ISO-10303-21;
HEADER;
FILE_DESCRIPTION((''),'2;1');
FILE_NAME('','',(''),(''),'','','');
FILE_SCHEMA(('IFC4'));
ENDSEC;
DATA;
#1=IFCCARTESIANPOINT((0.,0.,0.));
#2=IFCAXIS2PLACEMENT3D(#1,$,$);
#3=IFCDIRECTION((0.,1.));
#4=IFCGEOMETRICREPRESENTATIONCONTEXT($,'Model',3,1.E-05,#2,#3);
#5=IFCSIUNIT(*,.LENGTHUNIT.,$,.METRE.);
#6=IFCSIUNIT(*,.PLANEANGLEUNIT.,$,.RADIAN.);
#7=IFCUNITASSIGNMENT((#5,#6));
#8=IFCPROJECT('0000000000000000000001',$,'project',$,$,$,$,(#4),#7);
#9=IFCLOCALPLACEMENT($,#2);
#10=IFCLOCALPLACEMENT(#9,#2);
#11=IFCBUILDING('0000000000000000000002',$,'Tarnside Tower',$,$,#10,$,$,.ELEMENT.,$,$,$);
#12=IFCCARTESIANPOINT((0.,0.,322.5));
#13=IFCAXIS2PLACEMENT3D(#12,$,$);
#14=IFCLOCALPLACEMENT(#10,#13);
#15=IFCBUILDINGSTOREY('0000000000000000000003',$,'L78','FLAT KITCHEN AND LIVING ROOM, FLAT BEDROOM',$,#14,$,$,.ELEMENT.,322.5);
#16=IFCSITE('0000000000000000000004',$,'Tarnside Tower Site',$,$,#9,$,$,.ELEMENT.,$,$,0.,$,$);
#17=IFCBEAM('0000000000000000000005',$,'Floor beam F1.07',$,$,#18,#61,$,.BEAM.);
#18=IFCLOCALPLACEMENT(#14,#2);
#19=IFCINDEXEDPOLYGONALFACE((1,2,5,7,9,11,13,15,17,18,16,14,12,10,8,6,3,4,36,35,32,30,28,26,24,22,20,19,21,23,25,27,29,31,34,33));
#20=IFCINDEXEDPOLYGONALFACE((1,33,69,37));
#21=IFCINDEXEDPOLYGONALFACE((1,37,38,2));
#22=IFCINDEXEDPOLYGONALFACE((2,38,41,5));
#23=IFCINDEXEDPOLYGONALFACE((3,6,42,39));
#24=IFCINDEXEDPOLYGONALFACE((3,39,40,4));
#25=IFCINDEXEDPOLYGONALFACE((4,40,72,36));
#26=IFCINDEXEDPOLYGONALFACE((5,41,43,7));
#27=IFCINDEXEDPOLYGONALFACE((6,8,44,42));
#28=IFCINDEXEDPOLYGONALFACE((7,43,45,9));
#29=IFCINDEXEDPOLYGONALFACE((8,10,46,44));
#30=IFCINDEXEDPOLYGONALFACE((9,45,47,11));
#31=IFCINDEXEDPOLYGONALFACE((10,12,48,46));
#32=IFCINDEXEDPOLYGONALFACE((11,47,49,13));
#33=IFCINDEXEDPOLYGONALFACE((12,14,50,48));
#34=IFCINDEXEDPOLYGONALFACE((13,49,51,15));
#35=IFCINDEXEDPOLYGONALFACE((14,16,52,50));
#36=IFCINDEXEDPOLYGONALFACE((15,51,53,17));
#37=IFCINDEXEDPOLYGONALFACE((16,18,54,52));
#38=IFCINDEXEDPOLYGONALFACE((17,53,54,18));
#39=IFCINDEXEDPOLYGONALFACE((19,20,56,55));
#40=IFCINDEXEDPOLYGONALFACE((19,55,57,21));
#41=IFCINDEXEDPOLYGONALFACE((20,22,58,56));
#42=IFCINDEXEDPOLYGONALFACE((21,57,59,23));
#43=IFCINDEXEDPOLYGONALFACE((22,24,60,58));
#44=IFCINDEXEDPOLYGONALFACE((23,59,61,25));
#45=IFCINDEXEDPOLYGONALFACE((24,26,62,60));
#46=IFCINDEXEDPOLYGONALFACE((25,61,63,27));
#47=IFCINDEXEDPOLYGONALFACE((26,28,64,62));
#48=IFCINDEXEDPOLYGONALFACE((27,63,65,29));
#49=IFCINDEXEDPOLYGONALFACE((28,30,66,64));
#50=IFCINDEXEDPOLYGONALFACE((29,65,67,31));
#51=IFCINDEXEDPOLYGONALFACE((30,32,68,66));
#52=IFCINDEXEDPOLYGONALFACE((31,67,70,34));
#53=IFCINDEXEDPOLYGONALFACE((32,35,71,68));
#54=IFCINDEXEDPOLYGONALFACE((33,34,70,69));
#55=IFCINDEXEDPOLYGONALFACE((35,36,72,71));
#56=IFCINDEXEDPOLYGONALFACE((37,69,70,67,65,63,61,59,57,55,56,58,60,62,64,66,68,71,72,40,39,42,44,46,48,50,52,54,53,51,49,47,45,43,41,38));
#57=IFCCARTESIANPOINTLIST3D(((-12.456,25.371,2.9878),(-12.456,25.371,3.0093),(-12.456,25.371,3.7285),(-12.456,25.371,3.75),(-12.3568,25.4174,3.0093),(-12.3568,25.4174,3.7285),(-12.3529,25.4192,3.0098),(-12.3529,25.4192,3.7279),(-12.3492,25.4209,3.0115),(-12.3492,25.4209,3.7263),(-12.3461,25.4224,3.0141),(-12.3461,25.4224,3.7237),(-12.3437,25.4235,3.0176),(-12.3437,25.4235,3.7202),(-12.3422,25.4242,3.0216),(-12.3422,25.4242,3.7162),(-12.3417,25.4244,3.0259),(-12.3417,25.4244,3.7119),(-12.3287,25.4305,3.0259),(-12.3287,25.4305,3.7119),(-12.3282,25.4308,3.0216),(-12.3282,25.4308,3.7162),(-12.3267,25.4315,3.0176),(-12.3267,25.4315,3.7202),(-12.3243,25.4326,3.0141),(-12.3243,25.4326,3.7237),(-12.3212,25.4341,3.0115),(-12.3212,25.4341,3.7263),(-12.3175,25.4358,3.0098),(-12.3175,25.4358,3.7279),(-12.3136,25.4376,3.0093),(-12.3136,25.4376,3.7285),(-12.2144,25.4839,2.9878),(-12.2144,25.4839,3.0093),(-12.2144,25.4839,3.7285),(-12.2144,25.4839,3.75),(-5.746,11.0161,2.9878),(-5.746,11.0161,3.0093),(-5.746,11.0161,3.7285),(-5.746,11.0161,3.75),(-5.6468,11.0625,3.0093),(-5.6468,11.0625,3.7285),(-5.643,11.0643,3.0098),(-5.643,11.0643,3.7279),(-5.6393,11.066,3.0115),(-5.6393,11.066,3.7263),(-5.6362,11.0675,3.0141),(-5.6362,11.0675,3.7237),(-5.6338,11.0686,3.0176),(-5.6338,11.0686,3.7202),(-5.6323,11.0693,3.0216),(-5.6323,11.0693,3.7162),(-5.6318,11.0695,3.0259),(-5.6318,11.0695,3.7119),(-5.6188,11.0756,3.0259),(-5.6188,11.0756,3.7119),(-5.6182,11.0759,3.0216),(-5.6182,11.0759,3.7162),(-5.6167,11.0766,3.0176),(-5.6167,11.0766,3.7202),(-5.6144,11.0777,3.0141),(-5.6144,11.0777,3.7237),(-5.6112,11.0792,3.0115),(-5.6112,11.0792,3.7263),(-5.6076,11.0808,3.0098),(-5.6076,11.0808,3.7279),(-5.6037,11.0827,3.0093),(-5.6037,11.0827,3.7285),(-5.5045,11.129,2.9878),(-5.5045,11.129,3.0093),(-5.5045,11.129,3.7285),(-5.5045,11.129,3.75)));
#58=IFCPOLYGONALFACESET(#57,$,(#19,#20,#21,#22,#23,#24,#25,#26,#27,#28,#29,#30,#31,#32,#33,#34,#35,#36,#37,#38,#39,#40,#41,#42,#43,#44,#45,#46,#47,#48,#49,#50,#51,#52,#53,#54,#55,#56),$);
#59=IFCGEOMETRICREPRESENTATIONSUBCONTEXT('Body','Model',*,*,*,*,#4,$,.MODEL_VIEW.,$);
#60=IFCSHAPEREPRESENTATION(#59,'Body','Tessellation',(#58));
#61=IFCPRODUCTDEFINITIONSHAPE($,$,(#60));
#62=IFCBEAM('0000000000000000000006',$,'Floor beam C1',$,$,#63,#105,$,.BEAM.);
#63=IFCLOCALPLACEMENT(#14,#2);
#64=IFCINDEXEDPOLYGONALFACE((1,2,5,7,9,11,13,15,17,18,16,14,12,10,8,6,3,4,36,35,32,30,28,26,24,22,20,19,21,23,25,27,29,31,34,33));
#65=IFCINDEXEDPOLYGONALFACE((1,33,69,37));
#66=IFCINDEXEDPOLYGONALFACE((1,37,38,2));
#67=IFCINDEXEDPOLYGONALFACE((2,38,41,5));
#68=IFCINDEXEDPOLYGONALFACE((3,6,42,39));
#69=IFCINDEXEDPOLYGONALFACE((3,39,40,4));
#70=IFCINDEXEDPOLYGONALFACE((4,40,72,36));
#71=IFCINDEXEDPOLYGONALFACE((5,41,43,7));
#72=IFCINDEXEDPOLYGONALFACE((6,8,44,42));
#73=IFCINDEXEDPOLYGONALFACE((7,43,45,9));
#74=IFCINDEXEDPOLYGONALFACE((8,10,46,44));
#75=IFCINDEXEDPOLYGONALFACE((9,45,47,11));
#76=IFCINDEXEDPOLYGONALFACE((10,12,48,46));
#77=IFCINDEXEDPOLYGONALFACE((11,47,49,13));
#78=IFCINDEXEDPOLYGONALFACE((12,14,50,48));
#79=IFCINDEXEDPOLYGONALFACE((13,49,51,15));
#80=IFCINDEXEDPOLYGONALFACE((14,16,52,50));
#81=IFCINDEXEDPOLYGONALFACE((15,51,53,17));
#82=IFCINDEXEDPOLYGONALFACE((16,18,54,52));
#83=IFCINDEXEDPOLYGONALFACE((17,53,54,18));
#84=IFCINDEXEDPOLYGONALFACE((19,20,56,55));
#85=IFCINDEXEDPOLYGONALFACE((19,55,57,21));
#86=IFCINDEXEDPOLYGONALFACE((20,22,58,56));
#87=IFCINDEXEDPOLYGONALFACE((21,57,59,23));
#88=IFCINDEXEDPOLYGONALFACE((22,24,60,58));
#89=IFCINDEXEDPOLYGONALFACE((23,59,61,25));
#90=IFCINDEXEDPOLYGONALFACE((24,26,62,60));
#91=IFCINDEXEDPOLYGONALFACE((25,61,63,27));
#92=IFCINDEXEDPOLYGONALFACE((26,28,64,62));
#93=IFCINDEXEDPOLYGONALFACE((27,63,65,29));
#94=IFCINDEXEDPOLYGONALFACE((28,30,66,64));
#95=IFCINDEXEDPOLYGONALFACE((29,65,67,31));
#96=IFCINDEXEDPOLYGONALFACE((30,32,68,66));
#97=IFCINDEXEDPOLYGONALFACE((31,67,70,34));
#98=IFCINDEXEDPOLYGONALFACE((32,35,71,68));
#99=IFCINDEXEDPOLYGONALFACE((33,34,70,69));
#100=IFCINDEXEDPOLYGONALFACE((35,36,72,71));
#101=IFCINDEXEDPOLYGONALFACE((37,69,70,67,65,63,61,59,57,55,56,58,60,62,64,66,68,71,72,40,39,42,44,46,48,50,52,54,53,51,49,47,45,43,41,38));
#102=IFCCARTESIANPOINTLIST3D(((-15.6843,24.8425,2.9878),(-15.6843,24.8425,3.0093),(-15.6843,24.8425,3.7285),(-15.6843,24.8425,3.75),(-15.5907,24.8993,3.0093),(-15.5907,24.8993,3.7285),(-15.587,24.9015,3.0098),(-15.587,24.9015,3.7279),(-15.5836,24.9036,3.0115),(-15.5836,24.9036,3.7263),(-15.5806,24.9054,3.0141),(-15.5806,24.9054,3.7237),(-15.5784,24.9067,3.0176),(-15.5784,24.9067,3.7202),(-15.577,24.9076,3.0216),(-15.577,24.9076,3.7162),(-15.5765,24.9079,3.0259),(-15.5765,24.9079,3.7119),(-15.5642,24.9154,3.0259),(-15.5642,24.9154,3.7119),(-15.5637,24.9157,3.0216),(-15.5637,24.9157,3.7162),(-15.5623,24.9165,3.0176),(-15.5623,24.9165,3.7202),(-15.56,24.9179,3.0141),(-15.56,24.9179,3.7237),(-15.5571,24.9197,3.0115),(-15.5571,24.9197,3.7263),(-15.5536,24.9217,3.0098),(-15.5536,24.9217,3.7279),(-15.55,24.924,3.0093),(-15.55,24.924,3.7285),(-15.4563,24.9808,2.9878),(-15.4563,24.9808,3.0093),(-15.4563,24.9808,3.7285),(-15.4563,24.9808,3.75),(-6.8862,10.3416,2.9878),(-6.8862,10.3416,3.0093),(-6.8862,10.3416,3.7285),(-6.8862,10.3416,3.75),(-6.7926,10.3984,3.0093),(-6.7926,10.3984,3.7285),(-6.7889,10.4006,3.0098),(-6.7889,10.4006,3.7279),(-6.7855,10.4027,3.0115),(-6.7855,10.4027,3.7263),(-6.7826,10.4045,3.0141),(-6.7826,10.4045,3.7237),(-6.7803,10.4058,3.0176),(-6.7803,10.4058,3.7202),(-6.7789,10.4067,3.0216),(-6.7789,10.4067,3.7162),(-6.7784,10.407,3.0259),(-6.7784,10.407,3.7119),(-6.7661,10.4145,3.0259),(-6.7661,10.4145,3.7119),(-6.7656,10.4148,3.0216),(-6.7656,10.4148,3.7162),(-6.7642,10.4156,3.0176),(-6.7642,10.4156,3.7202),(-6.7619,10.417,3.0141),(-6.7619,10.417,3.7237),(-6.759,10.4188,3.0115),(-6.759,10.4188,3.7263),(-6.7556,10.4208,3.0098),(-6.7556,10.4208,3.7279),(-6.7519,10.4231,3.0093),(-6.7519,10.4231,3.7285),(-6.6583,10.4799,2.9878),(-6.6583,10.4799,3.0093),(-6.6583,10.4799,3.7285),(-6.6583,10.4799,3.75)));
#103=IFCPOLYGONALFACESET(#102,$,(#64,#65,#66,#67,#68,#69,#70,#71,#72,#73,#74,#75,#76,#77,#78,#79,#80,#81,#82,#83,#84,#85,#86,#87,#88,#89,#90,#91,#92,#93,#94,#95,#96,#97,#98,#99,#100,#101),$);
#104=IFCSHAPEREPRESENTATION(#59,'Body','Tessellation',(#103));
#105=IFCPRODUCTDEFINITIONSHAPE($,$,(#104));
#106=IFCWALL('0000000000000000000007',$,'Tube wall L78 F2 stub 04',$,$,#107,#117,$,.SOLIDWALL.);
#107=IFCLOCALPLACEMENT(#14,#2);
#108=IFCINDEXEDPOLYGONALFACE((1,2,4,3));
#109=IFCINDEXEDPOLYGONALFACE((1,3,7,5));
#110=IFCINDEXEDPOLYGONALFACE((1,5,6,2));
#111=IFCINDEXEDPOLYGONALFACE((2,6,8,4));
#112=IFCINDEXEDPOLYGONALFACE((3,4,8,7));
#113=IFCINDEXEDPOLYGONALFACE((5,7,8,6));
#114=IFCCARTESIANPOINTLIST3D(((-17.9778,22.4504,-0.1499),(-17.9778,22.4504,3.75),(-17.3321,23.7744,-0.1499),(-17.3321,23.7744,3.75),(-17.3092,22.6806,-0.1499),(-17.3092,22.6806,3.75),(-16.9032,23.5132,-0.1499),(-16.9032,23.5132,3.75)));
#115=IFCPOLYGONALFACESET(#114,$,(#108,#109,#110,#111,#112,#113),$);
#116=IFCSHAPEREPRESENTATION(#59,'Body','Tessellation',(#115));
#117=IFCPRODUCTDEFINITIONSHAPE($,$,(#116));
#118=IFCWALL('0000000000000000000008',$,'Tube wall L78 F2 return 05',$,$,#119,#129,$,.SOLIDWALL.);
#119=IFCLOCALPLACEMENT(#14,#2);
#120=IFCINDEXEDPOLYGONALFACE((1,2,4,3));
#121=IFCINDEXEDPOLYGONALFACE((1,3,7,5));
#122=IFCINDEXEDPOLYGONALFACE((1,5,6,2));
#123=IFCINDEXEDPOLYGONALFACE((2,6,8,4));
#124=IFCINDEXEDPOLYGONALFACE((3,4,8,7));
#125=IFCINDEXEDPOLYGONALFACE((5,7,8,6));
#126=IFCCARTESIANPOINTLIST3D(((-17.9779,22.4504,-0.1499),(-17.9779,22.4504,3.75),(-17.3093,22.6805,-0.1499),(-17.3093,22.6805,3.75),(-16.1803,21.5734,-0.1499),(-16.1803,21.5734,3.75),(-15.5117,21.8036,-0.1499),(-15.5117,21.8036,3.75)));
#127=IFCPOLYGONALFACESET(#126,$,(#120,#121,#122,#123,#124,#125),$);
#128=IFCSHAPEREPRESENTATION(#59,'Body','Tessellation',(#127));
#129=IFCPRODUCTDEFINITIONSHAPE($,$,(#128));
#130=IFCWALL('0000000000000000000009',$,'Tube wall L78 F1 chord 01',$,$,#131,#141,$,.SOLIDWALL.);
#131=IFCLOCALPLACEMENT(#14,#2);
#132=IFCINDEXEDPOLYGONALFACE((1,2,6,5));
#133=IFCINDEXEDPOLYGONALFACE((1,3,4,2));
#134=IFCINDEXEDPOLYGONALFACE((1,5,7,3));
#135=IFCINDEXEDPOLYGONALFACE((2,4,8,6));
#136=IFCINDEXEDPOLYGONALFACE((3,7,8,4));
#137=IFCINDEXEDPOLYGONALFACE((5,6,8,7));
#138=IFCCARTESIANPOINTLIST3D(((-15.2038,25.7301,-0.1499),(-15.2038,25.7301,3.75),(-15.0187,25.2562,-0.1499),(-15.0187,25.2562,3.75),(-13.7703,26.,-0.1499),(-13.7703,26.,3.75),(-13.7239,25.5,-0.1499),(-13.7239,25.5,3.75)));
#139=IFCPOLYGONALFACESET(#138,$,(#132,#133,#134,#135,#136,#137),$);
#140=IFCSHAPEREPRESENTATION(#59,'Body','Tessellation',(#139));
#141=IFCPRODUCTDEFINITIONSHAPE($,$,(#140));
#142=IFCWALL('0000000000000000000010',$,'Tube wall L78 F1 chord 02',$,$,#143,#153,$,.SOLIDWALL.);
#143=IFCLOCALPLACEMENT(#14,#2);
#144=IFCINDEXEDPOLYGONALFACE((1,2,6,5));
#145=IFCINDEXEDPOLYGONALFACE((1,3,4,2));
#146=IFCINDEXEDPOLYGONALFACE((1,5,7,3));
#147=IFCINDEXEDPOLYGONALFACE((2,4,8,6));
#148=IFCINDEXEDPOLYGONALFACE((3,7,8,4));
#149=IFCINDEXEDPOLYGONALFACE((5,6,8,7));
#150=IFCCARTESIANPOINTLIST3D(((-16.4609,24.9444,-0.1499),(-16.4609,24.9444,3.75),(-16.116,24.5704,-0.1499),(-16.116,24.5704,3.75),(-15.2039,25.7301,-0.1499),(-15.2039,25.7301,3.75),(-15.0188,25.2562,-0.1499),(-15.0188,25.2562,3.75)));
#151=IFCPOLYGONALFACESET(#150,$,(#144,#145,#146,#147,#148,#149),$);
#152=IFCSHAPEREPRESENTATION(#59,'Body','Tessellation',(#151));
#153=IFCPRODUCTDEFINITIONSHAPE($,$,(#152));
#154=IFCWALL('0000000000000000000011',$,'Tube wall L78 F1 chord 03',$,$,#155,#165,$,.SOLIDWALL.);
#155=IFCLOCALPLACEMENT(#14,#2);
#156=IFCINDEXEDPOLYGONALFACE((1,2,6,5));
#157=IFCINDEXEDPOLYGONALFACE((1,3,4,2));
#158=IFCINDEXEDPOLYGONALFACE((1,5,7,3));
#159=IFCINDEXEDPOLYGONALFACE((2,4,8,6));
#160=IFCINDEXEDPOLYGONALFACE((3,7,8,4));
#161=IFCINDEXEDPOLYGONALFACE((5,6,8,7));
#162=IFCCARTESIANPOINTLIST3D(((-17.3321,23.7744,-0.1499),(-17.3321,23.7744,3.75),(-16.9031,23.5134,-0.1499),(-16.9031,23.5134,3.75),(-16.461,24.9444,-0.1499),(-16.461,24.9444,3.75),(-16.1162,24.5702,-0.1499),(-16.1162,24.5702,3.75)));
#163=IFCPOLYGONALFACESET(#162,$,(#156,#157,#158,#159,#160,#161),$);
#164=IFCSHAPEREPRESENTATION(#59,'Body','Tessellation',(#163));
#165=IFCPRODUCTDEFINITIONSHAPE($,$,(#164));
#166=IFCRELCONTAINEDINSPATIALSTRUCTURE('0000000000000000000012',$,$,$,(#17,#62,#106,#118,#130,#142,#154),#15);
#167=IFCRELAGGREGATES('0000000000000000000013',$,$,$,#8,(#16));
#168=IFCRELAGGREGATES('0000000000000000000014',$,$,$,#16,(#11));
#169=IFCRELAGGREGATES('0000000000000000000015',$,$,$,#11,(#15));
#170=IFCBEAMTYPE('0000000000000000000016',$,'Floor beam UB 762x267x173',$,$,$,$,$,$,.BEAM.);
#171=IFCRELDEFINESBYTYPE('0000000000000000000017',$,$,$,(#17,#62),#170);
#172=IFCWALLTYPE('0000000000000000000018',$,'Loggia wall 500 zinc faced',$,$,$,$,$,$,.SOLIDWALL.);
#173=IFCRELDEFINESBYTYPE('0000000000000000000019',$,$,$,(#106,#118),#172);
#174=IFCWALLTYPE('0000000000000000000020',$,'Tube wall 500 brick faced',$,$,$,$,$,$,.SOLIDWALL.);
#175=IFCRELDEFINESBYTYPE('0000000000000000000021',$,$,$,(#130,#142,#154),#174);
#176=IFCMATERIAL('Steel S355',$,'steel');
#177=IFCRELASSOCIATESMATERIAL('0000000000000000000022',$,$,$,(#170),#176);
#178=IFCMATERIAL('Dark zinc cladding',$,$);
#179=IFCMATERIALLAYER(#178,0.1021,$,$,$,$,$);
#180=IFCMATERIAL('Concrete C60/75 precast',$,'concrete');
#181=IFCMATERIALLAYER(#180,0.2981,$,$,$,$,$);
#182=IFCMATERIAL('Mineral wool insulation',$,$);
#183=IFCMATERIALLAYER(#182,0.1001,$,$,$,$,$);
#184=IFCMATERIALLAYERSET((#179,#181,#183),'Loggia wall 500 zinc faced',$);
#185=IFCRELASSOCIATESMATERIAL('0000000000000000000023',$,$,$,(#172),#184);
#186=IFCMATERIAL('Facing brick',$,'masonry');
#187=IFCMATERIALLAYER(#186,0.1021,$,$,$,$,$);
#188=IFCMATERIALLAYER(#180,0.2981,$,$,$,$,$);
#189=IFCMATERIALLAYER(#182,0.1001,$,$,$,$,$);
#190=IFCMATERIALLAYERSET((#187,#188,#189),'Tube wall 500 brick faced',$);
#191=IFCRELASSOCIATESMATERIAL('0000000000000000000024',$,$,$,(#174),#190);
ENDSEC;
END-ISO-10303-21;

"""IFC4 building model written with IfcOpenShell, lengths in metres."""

from ifc_helpers import new_model, si_unit, direction, frame, origin, origin_2d, place, context, subcontext, project, spatial, polyline, i_section, outline, extrude, material, layer, layer_set, material_profile, profile_set, type_object, element, save


model = new_model("IFC4")

# Units and contexts
model_context = context("Model", 3, precision=1e-05, world=origin(), true_north=direction((0.0, 1.0)))
body_context = subcontext(model_context, "Body", "Model", "MODEL_VIEW")
ifc_project = project(units=[si_unit("LENGTHUNIT", "METRE"), si_unit("PLANEANGLEUNIT", "RADIAN")], contexts=[model_context])

# Site, building, storey
site_placement = place(None, origin())
site = spatial("IfcSite", under=ifc_project, at=site_placement, Name="Tarnside Tower Site", CompositionType="ELEMENT", RefElevation=0.0)
building_placement = place(site_placement, origin())
building = spatial("IfcBuilding", under=site, at=building_placement, Name="Tarnside Tower", CompositionType="ELEMENT")
storey_placement = place(building_placement, frame((0.0, 0.0, 322.5)))
storey = spatial("IfcBuildingStorey", under=building, at=storey_placement, Name="L78", Description="FLAT KITCHEN AND LIVING ROOM, FLAT BEDROOM", CompositionType="ELEMENT", Elevation=322.5)

# Beams
ifc_material_1 = material(Name="Steel S355", Category="steel")
ifc_material_profile = material_profile(ifc_material_1, i_section(OverallWidth=0.2666, OverallDepth=0.7622, WebThickness=0.0144, FlangeThickness=0.0215, FilletRadius=0.0166, at=origin_2d()), Name="UB 762x267x173")
ifc_profile_set = profile_set([ifc_material_profile], Name="Steel S355")
beam_type = type_object("IfcBeamType", Name="Floor beam UB 762x267x173", PredefinedType="BEAM", material=ifc_profile_set)
beam_1_placement = place(storey_placement, frame((-12.3352, 25.4275, 3.3689), z_axis=(0.423454, -0.905918, 0.0), x_axis=(0.905918, 0.423454, 0.0)))
element("IfcBeam", 1, at=beam_1_placement, inside=storey, type_object=beam_type, Name="Floor beam F1.07", PredefinedType="BEAM", context=body_context, shape_type="SweptSolid", body=[
    extrude(i_section(OverallWidth=0.2666, OverallDepth=0.7622, WebThickness=0.0144, FlangeThickness=0.0215, FilletRadius=0.0166, at=origin_2d()), origin(), (0.0, 0.0, 1.0), 15.8457),
])
beam_2_placement = place(storey_placement, frame((-15.5703, 24.9116, 3.3689), z_axis=(0.518717, -0.854946, 0.0), x_axis=(0.854946, 0.518717, 0.0)))
element("IfcBeam", 2, at=beam_2_placement, inside=storey, type_object=beam_type, Name="Floor beam C1", PredefinedType="BEAM", context=body_context, shape_type="SweptSolid", body=[
    extrude(i_section(OverallWidth=0.2666, OverallDepth=0.7622, WebThickness=0.0144, FlangeThickness=0.0215, FilletRadius=0.0166, at=origin_2d()), origin(), (0.0, 0.0, 1.0), 16.9612),
])

# Walls
ifc_material_2 = material(Name="Dark zinc cladding")
ifc_layer_1 = layer(ifc_material_2, 0.1021)
ifc_material_3 = material(Name="Concrete C60/75 precast", Category="concrete")
ifc_layer_2 = layer(ifc_material_3, 0.2981)
ifc_material_4 = material(Name="Mineral wool insulation")
ifc_layer_3 = layer(ifc_material_4, 0.1001)
ifc_layer_set_1 = layer_set([ifc_layer_1, ifc_layer_2, ifc_layer_3], Name="Loggia wall 500 zinc faced")
wall_type_1 = type_object("IfcWallType", Name="Loggia wall 500 zinc faced", PredefinedType="SOLIDWALL", material=ifc_layer_set_1)
wall_1_placement = place(storey_placement, frame((-17.1177, 23.6438, -0.1499), z_axis=(0.0, 0.0, 1.0), x_axis=(-0.438319, -0.898819, 0.0)))
element("IfcWall", 3, at=wall_1_placement, inside=storey, type_object=wall_type_1, Name="Tube wall L78 F2 stub 04", PredefinedType="SOLIDWALL", context=body_context, shape_type="SweptSolid", body=[
    extrude(outline(polyline([(-0.0234, -0.25), (1.4497, -0.25), (0.9497, 0.25), (0.0234, 0.25), (-0.0234, -0.25)])), origin(), (0.0, 0.0, 1.0), 3.8999),
])
wall_2_placement = place(storey_placement, frame((-17.6436, 22.5654, -0.1499), z_axis=(0.0, 0.0, 1.0), x_axis=(0.898754, -0.438452, 0.0)))
element("IfcWall", 4, at=wall_2_placement, inside=storey, type_object=wall_type_1, Name="Tube wall L78 F2 return 05", PredefinedType="SOLIDWALL", context=body_context, shape_type="SweptSolid", body=[
    extrude(outline(polyline([(-0.25, -0.25), (1.75, -0.25), (2.25, 0.25), (0.25, 0.25), (-0.25, -0.25)])), origin(), (0.0, 0.0, 1.0), 3.8999),
])

# Walls
ifc_material_5 = material(Name="Facing brick", Category="masonry")
ifc_layer_4 = layer(ifc_material_5, 0.1021)
ifc_layer_5 = layer(ifc_material_3, 0.2981)
ifc_layer_6 = layer(ifc_material_4, 0.1001)
ifc_layer_set_2 = layer_set([ifc_layer_4, ifc_layer_5, ifc_layer_6], Name="Tube wall 500 brick faced")
wall_type_2 = type_object("IfcWallType", Name="Tube wall 500 brick faced", PredefinedType="SOLIDWALL", material=ifc_layer_set_2)
wall_3_placement = place(storey_placement, frame((-13.7471, 25.75, -0.1499), z_axis=(0.0, 0.0, 1.0), x_axis=(-0.982737, -0.185011, 0.0)))
element("IfcWall", 5, at=wall_3_placement, inside=storey, type_object=wall_type_2, Name="Tube wall L78 F1 chord 01", PredefinedType="SOLIDWALL", context=body_context, shape_type="SweptSolid", body=[
    extrude(outline(polyline([(-0.0234, -0.25), (1.4353, -0.25), (1.3411, 0.25), (0.0234, 0.25), (-0.0234, -0.25)])), origin(), (0.0, 0.0, 1.0), 3.8999),
])
wall_4_placement = place(storey_placement, frame((-15.1113, 25.4932, -0.1499), z_axis=(0.0, 0.0, 1.0), x_axis=(-0.847979, -0.530031, 0.0)))
element("IfcWall", 6, at=wall_4_placement, inside=storey, type_object=wall_type_2, Name="Tube wall L78 F1 chord 02", PredefinedType="SOLIDWALL", context=body_context, shape_type="SweptSolid", body=[
    extrude(outline(polyline([(-0.0471, -0.25), (1.4353, -0.25), (1.3411, 0.25), (0.0471, 0.25), (-0.0471, -0.25)])), origin(), (0.0, 0.0, 1.0), 3.8999),
])
wall_5_placement = place(storey_placement, frame((-16.2886, 24.7573, -0.1499), z_axis=(0.0, 0.0, 1.0), x_axis=(-0.597211, -0.802084, 0.0)))
element("IfcWall", 7, at=wall_5_placement, inside=storey, type_object=wall_type_2, Name="Tube wall L78 F1 chord 03", PredefinedType="SOLIDWALL", context=body_context, shape_type="SweptSolid", body=[
    extrude(outline(polyline([(-0.0471, -0.25), (1.4116, -0.25), (1.3647, 0.25), (0.0471, 0.25), (-0.0471, -0.25)])), origin(), (0.0, 0.0, 1.0), 3.8999),
])

save(model, "model.ifc")
